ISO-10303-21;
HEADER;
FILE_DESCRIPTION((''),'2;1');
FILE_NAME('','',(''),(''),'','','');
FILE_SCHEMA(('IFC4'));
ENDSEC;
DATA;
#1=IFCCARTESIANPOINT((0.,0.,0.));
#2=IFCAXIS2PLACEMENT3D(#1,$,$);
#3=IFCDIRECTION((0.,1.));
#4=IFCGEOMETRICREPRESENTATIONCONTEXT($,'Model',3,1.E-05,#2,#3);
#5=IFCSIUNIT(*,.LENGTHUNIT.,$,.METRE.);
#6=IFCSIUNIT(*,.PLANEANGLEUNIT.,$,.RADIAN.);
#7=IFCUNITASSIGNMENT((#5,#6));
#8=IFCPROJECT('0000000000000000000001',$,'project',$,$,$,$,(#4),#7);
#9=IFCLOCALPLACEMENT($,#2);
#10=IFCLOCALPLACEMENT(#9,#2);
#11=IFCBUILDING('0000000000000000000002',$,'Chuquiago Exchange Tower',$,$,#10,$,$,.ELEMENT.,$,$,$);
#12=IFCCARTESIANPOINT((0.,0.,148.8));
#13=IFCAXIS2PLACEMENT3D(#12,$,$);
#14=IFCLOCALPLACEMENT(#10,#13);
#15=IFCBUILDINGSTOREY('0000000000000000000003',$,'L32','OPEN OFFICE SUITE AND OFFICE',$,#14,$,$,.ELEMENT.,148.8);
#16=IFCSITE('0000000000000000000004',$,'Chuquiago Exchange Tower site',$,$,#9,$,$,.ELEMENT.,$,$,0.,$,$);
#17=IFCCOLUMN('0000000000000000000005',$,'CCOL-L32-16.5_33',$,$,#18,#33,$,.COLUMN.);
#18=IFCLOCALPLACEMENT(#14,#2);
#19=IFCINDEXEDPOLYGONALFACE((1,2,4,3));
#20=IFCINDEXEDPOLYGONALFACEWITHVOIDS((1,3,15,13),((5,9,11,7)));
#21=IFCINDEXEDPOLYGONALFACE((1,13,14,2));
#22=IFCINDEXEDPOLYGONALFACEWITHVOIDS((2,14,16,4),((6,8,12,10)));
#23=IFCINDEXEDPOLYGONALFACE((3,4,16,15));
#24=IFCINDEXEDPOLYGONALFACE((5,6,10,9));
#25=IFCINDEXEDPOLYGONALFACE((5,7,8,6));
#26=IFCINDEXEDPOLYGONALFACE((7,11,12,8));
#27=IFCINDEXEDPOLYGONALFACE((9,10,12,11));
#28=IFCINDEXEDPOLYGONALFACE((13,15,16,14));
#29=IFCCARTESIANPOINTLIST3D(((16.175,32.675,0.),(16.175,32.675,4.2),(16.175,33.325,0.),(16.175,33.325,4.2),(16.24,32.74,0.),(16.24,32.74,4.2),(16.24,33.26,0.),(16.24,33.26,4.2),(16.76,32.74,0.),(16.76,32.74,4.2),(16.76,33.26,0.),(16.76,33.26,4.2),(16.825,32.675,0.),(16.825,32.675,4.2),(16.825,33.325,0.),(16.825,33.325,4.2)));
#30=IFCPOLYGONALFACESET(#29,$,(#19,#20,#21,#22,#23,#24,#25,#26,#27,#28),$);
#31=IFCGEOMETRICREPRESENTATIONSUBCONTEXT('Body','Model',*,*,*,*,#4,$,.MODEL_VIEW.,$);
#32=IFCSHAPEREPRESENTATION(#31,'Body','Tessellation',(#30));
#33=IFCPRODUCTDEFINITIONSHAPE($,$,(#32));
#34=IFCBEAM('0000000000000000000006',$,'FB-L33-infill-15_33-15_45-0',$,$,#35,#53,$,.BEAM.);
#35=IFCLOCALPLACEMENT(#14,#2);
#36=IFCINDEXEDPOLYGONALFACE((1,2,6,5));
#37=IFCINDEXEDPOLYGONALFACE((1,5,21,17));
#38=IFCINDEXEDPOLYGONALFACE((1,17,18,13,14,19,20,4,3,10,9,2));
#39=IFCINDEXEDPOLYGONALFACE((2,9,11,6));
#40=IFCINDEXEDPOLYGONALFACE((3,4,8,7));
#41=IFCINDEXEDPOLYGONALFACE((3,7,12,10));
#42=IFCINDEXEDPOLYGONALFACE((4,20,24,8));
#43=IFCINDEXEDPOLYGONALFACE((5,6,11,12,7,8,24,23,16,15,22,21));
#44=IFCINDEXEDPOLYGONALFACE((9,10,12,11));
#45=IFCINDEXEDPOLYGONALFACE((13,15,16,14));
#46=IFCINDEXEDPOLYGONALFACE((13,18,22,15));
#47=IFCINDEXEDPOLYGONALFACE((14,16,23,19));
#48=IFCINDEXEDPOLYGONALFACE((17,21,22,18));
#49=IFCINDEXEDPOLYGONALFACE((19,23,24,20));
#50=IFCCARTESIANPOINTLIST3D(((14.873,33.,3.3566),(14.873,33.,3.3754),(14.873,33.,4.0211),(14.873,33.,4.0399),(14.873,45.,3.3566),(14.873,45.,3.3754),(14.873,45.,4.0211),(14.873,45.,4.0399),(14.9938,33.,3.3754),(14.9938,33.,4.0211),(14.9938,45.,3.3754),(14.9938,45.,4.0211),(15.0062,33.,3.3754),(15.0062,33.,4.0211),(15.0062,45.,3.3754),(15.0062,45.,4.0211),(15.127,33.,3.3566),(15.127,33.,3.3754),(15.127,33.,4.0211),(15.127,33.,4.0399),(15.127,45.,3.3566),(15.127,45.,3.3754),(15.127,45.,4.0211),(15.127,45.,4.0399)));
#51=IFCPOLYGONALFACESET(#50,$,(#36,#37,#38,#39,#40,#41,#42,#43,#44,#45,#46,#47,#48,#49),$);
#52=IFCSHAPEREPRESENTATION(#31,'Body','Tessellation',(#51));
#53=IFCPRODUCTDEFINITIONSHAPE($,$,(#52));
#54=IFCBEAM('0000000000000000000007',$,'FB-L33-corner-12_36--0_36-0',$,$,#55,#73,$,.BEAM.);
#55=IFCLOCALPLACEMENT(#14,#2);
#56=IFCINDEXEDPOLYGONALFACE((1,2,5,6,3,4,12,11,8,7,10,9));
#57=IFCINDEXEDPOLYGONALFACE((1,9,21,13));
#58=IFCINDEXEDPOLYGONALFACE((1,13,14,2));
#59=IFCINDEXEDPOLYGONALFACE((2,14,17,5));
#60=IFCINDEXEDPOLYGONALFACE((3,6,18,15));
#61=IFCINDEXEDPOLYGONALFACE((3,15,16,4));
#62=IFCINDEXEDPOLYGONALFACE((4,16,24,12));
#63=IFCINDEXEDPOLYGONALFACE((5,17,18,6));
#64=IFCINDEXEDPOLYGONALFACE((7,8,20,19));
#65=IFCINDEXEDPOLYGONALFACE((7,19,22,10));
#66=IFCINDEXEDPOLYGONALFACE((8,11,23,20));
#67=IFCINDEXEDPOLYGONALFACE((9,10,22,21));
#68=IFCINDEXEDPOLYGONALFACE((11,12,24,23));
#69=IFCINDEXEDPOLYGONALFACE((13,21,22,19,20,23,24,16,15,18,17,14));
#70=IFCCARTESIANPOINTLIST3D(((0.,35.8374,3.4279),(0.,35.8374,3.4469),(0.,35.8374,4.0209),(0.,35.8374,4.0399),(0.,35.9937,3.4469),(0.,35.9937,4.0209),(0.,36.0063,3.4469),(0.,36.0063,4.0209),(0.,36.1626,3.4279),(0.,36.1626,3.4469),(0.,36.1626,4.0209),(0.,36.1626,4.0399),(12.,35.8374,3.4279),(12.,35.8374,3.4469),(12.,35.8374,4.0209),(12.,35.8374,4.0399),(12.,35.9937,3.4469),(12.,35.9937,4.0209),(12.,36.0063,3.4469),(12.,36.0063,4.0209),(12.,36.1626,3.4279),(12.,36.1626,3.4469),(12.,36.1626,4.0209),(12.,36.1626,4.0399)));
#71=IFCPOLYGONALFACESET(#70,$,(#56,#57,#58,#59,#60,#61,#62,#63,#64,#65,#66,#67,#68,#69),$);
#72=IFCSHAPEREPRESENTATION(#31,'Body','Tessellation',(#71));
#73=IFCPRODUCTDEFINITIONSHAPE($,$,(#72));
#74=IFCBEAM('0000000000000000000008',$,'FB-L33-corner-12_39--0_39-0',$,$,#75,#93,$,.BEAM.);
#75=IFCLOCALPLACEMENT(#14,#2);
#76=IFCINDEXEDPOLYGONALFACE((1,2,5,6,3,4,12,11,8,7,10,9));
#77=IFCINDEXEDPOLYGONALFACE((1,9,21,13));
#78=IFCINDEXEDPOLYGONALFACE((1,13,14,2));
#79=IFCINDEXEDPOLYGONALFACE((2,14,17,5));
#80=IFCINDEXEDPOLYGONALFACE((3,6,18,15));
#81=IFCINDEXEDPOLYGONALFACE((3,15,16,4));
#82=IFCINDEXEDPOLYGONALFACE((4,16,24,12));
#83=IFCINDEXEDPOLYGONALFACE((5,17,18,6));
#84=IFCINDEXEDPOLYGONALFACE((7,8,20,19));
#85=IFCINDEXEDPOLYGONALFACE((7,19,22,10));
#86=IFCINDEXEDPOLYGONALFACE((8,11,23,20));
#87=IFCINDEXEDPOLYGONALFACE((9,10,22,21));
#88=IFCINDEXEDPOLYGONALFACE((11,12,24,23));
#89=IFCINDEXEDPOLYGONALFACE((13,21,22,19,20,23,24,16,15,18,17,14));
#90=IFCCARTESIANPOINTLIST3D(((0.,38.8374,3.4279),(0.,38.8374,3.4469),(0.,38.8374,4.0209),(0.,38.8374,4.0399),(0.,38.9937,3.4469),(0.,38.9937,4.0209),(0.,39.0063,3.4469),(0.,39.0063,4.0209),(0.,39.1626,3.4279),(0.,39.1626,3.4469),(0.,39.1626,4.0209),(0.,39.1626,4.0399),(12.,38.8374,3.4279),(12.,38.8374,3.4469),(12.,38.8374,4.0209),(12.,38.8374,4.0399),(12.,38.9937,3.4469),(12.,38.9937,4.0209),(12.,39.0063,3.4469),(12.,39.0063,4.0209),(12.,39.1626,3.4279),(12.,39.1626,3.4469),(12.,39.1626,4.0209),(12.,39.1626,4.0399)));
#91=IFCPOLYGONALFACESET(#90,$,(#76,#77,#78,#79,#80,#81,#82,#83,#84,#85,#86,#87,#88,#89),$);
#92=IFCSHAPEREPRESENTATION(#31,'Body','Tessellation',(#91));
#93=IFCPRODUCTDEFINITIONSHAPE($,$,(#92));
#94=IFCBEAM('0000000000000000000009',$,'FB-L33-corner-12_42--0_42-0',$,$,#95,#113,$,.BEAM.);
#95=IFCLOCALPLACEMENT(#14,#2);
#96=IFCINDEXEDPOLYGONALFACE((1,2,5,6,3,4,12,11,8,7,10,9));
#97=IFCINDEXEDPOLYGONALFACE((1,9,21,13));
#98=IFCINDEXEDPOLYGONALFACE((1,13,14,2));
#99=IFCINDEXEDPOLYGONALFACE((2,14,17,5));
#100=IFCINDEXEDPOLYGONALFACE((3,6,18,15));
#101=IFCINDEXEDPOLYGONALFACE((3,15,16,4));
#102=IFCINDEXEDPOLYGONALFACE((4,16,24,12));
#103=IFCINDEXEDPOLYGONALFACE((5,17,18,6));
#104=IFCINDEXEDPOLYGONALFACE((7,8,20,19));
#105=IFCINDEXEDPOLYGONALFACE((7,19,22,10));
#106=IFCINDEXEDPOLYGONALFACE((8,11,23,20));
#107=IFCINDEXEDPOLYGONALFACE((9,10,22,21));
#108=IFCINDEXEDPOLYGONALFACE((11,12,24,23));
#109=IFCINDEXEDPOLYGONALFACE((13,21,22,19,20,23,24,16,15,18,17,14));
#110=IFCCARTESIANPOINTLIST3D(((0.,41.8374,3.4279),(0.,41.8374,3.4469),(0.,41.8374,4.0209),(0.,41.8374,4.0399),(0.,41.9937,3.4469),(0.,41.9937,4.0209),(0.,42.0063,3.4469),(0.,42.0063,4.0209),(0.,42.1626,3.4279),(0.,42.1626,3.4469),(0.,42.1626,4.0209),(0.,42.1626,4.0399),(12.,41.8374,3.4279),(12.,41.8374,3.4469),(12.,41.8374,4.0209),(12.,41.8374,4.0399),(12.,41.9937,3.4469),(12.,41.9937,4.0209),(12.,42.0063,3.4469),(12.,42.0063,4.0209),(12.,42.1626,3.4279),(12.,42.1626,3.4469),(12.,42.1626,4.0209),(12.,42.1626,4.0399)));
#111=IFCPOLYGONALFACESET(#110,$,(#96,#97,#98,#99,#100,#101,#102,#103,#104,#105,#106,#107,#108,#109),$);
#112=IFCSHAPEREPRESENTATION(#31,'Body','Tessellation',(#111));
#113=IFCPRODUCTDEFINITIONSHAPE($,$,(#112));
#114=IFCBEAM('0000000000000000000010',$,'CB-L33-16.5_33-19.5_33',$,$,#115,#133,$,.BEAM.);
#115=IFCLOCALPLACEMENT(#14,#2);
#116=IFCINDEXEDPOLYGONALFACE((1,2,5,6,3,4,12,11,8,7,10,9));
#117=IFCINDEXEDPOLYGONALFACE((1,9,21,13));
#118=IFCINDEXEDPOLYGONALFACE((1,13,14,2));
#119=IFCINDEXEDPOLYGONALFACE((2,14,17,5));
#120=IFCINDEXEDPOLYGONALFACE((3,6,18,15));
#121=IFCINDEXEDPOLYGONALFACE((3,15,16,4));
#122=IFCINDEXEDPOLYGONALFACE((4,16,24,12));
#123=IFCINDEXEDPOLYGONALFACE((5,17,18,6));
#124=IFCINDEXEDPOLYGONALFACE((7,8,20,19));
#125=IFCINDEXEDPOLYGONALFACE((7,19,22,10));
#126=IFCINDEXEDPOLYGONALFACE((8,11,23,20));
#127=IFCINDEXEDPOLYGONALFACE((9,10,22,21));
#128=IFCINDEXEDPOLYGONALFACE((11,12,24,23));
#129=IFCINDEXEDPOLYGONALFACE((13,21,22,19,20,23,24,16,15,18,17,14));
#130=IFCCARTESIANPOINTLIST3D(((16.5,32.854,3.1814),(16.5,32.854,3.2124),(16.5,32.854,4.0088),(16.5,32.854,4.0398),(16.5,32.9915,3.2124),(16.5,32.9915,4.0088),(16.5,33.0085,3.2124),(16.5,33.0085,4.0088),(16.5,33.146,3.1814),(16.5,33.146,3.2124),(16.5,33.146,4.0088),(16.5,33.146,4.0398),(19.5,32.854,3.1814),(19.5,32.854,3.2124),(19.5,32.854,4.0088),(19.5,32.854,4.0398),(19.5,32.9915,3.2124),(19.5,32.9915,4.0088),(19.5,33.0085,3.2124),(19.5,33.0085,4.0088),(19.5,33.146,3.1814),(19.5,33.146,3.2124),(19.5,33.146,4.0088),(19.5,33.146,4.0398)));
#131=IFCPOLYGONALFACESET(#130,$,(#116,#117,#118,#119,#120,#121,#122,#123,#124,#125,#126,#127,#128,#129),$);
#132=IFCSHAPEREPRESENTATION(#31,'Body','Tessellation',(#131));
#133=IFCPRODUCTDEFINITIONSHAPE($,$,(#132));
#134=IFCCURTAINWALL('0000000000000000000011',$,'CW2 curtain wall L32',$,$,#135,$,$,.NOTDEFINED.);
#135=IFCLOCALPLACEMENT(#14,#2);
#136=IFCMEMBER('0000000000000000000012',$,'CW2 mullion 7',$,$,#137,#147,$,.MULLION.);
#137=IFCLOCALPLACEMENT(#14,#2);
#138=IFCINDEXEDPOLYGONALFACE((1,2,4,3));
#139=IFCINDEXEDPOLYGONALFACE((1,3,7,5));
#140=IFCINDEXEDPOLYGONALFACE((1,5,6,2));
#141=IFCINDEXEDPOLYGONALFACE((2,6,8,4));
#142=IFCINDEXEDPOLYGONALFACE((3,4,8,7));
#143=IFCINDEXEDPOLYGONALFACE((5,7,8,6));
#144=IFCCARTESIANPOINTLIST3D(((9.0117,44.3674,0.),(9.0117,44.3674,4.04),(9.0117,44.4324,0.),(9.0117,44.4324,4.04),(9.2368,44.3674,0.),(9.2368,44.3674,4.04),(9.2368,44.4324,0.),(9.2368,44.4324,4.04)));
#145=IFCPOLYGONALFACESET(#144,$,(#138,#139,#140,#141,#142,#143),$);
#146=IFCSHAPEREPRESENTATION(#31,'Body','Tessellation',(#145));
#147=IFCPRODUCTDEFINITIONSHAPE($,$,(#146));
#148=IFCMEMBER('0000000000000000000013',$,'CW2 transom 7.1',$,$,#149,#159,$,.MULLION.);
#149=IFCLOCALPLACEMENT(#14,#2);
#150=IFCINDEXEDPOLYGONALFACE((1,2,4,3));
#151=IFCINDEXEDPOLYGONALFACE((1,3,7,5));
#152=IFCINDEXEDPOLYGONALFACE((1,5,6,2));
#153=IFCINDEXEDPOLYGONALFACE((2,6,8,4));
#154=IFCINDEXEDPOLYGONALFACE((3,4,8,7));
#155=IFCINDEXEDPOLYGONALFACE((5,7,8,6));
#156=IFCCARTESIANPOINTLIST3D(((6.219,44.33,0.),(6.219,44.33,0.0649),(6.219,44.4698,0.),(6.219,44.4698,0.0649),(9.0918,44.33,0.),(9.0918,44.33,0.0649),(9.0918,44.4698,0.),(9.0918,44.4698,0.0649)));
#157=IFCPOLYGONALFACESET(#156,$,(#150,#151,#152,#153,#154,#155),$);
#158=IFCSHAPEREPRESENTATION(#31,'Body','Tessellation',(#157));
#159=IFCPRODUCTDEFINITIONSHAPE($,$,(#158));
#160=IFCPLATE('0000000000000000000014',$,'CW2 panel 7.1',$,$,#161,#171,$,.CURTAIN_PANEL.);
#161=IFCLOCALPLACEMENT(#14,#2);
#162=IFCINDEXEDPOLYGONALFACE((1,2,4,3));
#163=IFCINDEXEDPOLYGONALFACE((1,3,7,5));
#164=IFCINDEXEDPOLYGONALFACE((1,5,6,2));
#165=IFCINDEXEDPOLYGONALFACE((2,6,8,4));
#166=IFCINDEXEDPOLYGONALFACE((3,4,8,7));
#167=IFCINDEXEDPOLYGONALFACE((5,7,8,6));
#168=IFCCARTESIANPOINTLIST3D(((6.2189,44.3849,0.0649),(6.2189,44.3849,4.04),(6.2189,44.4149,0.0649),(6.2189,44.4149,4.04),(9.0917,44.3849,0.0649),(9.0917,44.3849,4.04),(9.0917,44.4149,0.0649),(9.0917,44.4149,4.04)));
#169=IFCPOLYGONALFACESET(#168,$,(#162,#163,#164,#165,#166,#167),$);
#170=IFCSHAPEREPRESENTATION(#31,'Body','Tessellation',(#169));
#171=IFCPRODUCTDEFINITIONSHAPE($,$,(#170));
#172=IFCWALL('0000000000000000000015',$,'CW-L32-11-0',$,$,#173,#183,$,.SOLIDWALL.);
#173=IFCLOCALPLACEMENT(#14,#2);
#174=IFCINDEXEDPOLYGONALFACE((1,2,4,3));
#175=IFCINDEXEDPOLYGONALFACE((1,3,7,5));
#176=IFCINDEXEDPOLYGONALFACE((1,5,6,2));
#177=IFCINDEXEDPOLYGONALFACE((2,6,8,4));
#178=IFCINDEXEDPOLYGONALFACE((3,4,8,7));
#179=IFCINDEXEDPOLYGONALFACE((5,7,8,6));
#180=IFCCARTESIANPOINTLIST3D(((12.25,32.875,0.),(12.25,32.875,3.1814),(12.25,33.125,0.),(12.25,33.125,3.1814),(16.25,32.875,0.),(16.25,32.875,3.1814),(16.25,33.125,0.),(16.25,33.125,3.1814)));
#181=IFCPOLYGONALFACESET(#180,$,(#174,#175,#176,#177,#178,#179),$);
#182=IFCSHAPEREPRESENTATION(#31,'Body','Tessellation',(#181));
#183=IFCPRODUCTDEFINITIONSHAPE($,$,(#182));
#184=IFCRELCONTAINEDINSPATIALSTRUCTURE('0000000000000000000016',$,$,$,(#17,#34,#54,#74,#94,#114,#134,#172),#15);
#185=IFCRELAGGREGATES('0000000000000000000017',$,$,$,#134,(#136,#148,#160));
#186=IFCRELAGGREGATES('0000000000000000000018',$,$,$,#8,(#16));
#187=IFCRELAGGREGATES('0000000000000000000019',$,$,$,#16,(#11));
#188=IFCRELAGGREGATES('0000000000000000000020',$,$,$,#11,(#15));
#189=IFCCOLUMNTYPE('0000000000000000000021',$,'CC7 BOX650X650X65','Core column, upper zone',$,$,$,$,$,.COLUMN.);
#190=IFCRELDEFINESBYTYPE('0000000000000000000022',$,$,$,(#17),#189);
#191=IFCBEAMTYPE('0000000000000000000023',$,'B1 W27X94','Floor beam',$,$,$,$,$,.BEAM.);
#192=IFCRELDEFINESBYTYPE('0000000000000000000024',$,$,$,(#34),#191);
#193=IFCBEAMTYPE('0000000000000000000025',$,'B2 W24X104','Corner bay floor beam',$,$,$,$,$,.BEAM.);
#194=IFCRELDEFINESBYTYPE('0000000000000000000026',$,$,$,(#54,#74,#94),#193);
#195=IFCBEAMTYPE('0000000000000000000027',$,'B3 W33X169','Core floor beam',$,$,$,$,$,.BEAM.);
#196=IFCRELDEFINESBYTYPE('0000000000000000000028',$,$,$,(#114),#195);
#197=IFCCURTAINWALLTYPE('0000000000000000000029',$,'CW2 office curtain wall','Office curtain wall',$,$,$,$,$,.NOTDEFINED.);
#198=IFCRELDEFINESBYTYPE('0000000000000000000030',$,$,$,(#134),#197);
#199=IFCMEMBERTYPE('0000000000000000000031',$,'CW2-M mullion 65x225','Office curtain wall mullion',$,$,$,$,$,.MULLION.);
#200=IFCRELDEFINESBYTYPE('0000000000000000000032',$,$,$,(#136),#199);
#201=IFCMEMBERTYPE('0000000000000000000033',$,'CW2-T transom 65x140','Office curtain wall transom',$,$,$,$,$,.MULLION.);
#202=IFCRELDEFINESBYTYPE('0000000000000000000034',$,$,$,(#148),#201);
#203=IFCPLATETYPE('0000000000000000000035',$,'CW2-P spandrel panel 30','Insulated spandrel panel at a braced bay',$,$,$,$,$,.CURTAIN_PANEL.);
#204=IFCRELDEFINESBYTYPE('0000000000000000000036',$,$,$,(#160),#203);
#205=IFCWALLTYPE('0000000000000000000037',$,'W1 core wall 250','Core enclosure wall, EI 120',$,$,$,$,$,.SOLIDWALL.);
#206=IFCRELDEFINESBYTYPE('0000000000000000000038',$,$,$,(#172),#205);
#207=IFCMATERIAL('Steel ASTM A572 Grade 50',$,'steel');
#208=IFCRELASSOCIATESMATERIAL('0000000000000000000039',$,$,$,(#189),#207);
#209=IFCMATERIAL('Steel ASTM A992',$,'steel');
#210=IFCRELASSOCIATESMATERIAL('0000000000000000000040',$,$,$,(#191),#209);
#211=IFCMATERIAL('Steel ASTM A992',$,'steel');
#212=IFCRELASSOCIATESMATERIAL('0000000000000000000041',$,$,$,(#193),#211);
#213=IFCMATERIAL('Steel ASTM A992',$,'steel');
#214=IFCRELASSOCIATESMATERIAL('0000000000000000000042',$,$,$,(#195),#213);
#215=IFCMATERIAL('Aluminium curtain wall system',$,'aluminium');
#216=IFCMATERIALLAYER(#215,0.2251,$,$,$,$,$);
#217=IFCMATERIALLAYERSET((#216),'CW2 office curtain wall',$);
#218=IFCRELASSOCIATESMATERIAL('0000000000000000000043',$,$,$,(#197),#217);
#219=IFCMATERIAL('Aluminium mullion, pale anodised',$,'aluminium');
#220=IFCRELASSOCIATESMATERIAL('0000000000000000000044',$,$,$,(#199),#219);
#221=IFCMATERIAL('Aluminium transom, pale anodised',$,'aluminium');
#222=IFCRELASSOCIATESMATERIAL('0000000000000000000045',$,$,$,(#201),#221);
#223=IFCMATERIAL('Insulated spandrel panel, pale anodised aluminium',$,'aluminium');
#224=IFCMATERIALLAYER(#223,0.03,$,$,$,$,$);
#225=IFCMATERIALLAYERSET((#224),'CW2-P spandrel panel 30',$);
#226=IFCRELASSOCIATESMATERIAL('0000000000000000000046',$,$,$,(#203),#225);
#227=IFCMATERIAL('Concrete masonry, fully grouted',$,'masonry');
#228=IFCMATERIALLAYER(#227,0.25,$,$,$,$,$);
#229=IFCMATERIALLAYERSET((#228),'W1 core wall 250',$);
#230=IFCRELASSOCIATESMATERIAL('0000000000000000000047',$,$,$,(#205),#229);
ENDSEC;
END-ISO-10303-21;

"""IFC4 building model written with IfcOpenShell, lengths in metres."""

from ifc_helpers import new_model, si_unit, direction, frame, frame_2d, origin, origin_2d, place, context, subcontext, project, spatial, rectangle, hollow_rectangle, i_section, extrude, material, layer, layer_set, material_profile, profile_set, type_object, element, aggregate, save


model = new_model("IFC4")

# Units and contexts
model_context = context("Model", 3, precision=1e-05, world=origin(), true_north=direction((0.0, 1.0)))
body_context = subcontext(model_context, "Body", "Model", "MODEL_VIEW")
ifc_project = project(units=[si_unit("LENGTHUNIT", "METRE"), si_unit("PLANEANGLEUNIT", "RADIAN")], contexts=[model_context])

# Site, building, storey
site_placement = place(None, origin())
site = spatial("IfcSite", under=ifc_project, at=site_placement, Name="Chuquiago Exchange Tower site", CompositionType="ELEMENT", RefElevation=0.0)
building_placement = place(site_placement, origin())
building = spatial("IfcBuilding", under=site, at=building_placement, Name="Chuquiago Exchange Tower", CompositionType="ELEMENT")
storey_placement = place(building_placement, frame((0.0, 0.0, 148.8)))
storey = spatial("IfcBuildingStorey", under=building, at=storey_placement, Name="L32", Description="OPEN OFFICE SUITE AND OFFICE", CompositionType="ELEMENT", Elevation=148.8)

# Column
ifc_material_1 = material(Name="Steel ASTM A572 Grade 50", Category="steel")
ifc_material_profile_1 = material_profile(ifc_material_1, hollow_rectangle(XDim=0.6499, YDim=0.6499, WallThickness=0.0649, at=origin_2d()), Name="BOX650X650X65")
ifc_profile_set_1 = profile_set([ifc_material_profile_1], Name="Steel ASTM A572 Grade 50")
column_type = type_object("IfcColumnType", Name="CC7 BOX650X650X65", Description="Core column, upper zone", PredefinedType="COLUMN", material=ifc_profile_set_1)
column_placement = place(storey_placement, frame((16.5, 33.0, 0.0), z_axis=(0.0, 0.0, 1.0), x_axis=(1.0, 0.0, 0.0)))
element("IfcColumn", 1, at=column_placement, inside=storey, type_object=column_type, Name="CCOL-L32-16.5_33", PredefinedType="COLUMN", context=body_context, shape_type="SweptSolid", body=[
    extrude(hollow_rectangle(XDim=0.6499, YDim=0.6499, WallThickness=0.0649, at=origin_2d()), origin(), (0.0, 0.0, 1.0), 4.2),
])

# Beams
ifc_material_2 = material(Name="Steel ASTM A992", Category="steel")
ifc_material_profile_2 = material_profile(ifc_material_2, i_section(OverallWidth=0.2539, OverallDepth=0.6833, WebThickness=0.0125, FlangeThickness=0.0188, at=origin_2d()), Name="W27X94")
ifc_profile_set_2 = profile_set([ifc_material_profile_2], Name="Steel ASTM A992")
beam_type_1 = type_object("IfcBeamType", Name="B1 W27X94", Description="Floor beam", PredefinedType="BEAM", material=ifc_profile_set_2)
beam_1_placement = place(storey_placement, frame((15.0, 33.0, 3.6982), z_axis=(0.0, 1.0, 0.0), x_axis=(-1.0, 0.0, 0.0)))
element("IfcBeam", 2, at=beam_1_placement, inside=storey, type_object=beam_type_1, Name="FB-L33-infill-15_33-15_45-0", PredefinedType="BEAM", context=body_context, shape_type="SweptSolid", body=[
    extrude(i_section(OverallWidth=0.2539, OverallDepth=0.6833, WebThickness=0.0125, FlangeThickness=0.0188, at=origin_2d()), origin(), (0.0, 0.0, 1.0), 12.0),
])
ifc_material_3 = material(Name="Steel ASTM A992", Category="steel")
ifc_material_profile_3 = material_profile(ifc_material_3, i_section(OverallWidth=0.3252, OverallDepth=0.6121, WebThickness=0.0127, FlangeThickness=0.019, at=origin_2d()), Name="W24X104")
ifc_profile_set_3 = profile_set([ifc_material_profile_3], Name="Steel ASTM A992")
beam_type_2 = type_object("IfcBeamType", Name="B2 W24X104", Description="Corner bay floor beam", PredefinedType="BEAM", material=ifc_profile_set_3)
for number, where, z_axis, x_axis, name in (
    (3, (12.0, 36.0, 3.7339), (-1.0, 0.0, 0.0), (0.0, -1.0, 0.0), "FB-L33-corner-12_36--0_36-0"),
    (4, (12.0, 39.0, 3.7339), (-1.0, 0.0, 0.0), (0.0, -1.0, 0.0), "FB-L33-corner-12_39--0_39-0"),
    (5, (12.0, 42.0, 3.7339), (-1.0, 0.0, 0.0), (0.0, -1.0, 0.0), "FB-L33-corner-12_42--0_42-0"),
):
    element("IfcBeam", number, at=place(storey_placement, frame(where, z_axis=z_axis, x_axis=x_axis)), inside=storey, type_object=beam_type_2, Name=name, PredefinedType="BEAM", context=body_context, shape_type="SweptSolid", body=[
        extrude(i_section(OverallWidth=0.3252, OverallDepth=0.6121, WebThickness=0.0127, FlangeThickness=0.019, at=origin_2d()), origin(), (0.0, 0.0, 1.0), 12.0),
    ])
ifc_material_4 = material(Name="Steel ASTM A992", Category="steel")
ifc_material_profile_4 = material_profile(ifc_material_4, i_section(OverallWidth=0.292, OverallDepth=0.8584, WebThickness=0.0171, FlangeThickness=0.031, at=origin_2d()), Name="W33X169")
ifc_profile_set_4 = profile_set([ifc_material_profile_4], Name="Steel ASTM A992")
beam_type_3 = type_object("IfcBeamType", Name="B3 W33X169", Description="Core floor beam", PredefinedType="BEAM", material=ifc_profile_set_4)
beam_2_placement = place(storey_placement, frame((16.5, 33.0, 3.6106), z_axis=(1.0, 0.0, 0.0), x_axis=(0.0, 1.0, 0.0)))
element("IfcBeam", 6, at=beam_2_placement, inside=storey, type_object=beam_type_3, Name="CB-L33-16.5_33-19.5_33", PredefinedType="BEAM", context=body_context, shape_type="SweptSolid", body=[
    extrude(i_section(OverallWidth=0.292, OverallDepth=0.8584, WebThickness=0.0171, FlangeThickness=0.031, at=origin_2d()), origin(), (0.0, 0.0, 1.0), 3.0),
])

# Curtain wall, members, plate
ifc_material_5 = material(Name="Aluminium curtain wall system", Category="aluminium")
ifc_layer_1 = layer(ifc_material_5, 0.2251)
ifc_layer_set_1 = layer_set([ifc_layer_1], Name="CW2 office curtain wall")
curtain_wall_type = type_object("IfcCurtainWallType", Name="CW2 office curtain wall", Description="Office curtain wall", PredefinedType="NOTDEFINED", material=ifc_layer_set_1)
curtain_wall_placement = place(storey_placement, origin())
curtain_wall = element("IfcCurtainWall", 7, at=curtain_wall_placement, inside=storey, type_object=curtain_wall_type, Name="CW2 curtain wall L32", PredefinedType="NOTDEFINED")
ifc_material_6 = material(Name="Aluminium mullion, pale anodised", Category="aluminium")
ifc_material_profile_5 = material_profile(ifc_material_6, rectangle(XDim=0.0649, YDim=0.2251, at=origin_2d()), Name="AL 65x225")
ifc_profile_set_5 = profile_set([ifc_material_profile_5], Name="Aluminium mullion, pale anodised")
member_type_1 = type_object("IfcMemberType", Name="CW2-M mullion 65x225", Description="Office curtain wall mullion", PredefinedType="MULLION", material=ifc_profile_set_5)
member_1_placement = place(storey_placement, frame((9.1243, 44.3999, 0.0), z_axis=(0.0, 0.0, 1.0), x_axis=(0.0, -1.0, 0.0)))
member_1 = element("IfcMember", 8, at=member_1_placement, type_object=member_type_1, Name="CW2 mullion 7", PredefinedType="MULLION", context=body_context, shape_type="SweptSolid", body=[
    extrude(rectangle(XDim=0.0649, YDim=0.2251, at=origin_2d()), origin(), (0.0, 0.0, 1.0), 4.04),
])
ifc_material_7 = material(Name="Aluminium transom, pale anodised", Category="aluminium")
ifc_material_profile_6 = material_profile(ifc_material_7, rectangle(XDim=0.1399, YDim=0.0649, at=origin_2d()), Name="AL 140x65")
ifc_profile_set_6 = profile_set([ifc_material_profile_6], Name="Aluminium transom, pale anodised")
member_type_2 = type_object("IfcMemberType", Name="CW2-T transom 65x140", Description="Office curtain wall transom", PredefinedType="MULLION", material=ifc_profile_set_6)
member_2_placement = place(storey_placement, frame((9.0918, 44.3999, 0.0325), z_axis=(-1.0, 0.0, 0.0), x_axis=(0.0, -1.0, 0.0)))
member_2 = element("IfcMember", 9, at=member_2_placement, type_object=member_type_2, Name="CW2 transom 7.1", PredefinedType="MULLION", context=body_context, shape_type="SweptSolid", body=[
    extrude(rectangle(XDim=0.1399, YDim=0.0649, at=origin_2d()), origin(), (0.0, 0.0, 1.0), 2.8728),
])
ifc_material_8 = material(Name="Insulated spandrel panel, pale anodised aluminium", Category="aluminium")
ifc_layer_2 = layer(ifc_material_8, 0.03)
ifc_layer_set_2 = layer_set([ifc_layer_2], Name="CW2-P spandrel panel 30")
plate_type = type_object("IfcPlateType", Name="CW2-P spandrel panel 30", Description="Insulated spandrel panel at a braced bay", PredefinedType="CURTAIN_PANEL", material=ifc_layer_set_2)
plate_placement = place(storey_placement, frame((7.6553, 44.3999, 0.0649), z_axis=(0.0, 0.0, 1.0), x_axis=(-1.0, 0.0, 0.0)))
plate = element("IfcPlate", 10, at=plate_placement, type_object=plate_type, Name="CW2 panel 7.1", PredefinedType="CURTAIN_PANEL", context=body_context, shape_type="SweptSolid", body=[
    extrude(rectangle(XDim=2.8728, YDim=0.03, at=origin_2d()), origin(), (0.0, 0.0, 1.0), 3.9751),
])
aggregate(curtain_wall, [member_1, member_2, plate])

# Wall
ifc_material_9 = material(Name="Concrete masonry, fully grouted", Category="masonry")
ifc_layer_3 = layer(ifc_material_9, 0.25)
ifc_layer_set_3 = layer_set([ifc_layer_3], Name="W1 core wall 250")
wall_type_1 = type_object("IfcWallType", Name="W1 core wall 250", Description="Core enclosure wall, EI 120", PredefinedType="SOLIDWALL", material=ifc_layer_set_3)
wall_1_placement = place(storey_placement, frame((12.25, 33.0, 0.0), z_axis=(0.0, 0.0, 1.0), x_axis=(1.0, 0.0, 0.0)))
element("IfcWall", 11, at=wall_1_placement, inside=storey, type_object=wall_type_1, Name="CW-L32-11-0", PredefinedType="SOLIDWALL", context=body_context, shape_type="SweptSolid", body=[
    extrude(rectangle(XDim=4.0, YDim=0.25, at=frame_2d((2.0, 0.0))), origin(), (0.0, 0.0, 1.0), 3.1814),
])

save(model, "model.ifc")
